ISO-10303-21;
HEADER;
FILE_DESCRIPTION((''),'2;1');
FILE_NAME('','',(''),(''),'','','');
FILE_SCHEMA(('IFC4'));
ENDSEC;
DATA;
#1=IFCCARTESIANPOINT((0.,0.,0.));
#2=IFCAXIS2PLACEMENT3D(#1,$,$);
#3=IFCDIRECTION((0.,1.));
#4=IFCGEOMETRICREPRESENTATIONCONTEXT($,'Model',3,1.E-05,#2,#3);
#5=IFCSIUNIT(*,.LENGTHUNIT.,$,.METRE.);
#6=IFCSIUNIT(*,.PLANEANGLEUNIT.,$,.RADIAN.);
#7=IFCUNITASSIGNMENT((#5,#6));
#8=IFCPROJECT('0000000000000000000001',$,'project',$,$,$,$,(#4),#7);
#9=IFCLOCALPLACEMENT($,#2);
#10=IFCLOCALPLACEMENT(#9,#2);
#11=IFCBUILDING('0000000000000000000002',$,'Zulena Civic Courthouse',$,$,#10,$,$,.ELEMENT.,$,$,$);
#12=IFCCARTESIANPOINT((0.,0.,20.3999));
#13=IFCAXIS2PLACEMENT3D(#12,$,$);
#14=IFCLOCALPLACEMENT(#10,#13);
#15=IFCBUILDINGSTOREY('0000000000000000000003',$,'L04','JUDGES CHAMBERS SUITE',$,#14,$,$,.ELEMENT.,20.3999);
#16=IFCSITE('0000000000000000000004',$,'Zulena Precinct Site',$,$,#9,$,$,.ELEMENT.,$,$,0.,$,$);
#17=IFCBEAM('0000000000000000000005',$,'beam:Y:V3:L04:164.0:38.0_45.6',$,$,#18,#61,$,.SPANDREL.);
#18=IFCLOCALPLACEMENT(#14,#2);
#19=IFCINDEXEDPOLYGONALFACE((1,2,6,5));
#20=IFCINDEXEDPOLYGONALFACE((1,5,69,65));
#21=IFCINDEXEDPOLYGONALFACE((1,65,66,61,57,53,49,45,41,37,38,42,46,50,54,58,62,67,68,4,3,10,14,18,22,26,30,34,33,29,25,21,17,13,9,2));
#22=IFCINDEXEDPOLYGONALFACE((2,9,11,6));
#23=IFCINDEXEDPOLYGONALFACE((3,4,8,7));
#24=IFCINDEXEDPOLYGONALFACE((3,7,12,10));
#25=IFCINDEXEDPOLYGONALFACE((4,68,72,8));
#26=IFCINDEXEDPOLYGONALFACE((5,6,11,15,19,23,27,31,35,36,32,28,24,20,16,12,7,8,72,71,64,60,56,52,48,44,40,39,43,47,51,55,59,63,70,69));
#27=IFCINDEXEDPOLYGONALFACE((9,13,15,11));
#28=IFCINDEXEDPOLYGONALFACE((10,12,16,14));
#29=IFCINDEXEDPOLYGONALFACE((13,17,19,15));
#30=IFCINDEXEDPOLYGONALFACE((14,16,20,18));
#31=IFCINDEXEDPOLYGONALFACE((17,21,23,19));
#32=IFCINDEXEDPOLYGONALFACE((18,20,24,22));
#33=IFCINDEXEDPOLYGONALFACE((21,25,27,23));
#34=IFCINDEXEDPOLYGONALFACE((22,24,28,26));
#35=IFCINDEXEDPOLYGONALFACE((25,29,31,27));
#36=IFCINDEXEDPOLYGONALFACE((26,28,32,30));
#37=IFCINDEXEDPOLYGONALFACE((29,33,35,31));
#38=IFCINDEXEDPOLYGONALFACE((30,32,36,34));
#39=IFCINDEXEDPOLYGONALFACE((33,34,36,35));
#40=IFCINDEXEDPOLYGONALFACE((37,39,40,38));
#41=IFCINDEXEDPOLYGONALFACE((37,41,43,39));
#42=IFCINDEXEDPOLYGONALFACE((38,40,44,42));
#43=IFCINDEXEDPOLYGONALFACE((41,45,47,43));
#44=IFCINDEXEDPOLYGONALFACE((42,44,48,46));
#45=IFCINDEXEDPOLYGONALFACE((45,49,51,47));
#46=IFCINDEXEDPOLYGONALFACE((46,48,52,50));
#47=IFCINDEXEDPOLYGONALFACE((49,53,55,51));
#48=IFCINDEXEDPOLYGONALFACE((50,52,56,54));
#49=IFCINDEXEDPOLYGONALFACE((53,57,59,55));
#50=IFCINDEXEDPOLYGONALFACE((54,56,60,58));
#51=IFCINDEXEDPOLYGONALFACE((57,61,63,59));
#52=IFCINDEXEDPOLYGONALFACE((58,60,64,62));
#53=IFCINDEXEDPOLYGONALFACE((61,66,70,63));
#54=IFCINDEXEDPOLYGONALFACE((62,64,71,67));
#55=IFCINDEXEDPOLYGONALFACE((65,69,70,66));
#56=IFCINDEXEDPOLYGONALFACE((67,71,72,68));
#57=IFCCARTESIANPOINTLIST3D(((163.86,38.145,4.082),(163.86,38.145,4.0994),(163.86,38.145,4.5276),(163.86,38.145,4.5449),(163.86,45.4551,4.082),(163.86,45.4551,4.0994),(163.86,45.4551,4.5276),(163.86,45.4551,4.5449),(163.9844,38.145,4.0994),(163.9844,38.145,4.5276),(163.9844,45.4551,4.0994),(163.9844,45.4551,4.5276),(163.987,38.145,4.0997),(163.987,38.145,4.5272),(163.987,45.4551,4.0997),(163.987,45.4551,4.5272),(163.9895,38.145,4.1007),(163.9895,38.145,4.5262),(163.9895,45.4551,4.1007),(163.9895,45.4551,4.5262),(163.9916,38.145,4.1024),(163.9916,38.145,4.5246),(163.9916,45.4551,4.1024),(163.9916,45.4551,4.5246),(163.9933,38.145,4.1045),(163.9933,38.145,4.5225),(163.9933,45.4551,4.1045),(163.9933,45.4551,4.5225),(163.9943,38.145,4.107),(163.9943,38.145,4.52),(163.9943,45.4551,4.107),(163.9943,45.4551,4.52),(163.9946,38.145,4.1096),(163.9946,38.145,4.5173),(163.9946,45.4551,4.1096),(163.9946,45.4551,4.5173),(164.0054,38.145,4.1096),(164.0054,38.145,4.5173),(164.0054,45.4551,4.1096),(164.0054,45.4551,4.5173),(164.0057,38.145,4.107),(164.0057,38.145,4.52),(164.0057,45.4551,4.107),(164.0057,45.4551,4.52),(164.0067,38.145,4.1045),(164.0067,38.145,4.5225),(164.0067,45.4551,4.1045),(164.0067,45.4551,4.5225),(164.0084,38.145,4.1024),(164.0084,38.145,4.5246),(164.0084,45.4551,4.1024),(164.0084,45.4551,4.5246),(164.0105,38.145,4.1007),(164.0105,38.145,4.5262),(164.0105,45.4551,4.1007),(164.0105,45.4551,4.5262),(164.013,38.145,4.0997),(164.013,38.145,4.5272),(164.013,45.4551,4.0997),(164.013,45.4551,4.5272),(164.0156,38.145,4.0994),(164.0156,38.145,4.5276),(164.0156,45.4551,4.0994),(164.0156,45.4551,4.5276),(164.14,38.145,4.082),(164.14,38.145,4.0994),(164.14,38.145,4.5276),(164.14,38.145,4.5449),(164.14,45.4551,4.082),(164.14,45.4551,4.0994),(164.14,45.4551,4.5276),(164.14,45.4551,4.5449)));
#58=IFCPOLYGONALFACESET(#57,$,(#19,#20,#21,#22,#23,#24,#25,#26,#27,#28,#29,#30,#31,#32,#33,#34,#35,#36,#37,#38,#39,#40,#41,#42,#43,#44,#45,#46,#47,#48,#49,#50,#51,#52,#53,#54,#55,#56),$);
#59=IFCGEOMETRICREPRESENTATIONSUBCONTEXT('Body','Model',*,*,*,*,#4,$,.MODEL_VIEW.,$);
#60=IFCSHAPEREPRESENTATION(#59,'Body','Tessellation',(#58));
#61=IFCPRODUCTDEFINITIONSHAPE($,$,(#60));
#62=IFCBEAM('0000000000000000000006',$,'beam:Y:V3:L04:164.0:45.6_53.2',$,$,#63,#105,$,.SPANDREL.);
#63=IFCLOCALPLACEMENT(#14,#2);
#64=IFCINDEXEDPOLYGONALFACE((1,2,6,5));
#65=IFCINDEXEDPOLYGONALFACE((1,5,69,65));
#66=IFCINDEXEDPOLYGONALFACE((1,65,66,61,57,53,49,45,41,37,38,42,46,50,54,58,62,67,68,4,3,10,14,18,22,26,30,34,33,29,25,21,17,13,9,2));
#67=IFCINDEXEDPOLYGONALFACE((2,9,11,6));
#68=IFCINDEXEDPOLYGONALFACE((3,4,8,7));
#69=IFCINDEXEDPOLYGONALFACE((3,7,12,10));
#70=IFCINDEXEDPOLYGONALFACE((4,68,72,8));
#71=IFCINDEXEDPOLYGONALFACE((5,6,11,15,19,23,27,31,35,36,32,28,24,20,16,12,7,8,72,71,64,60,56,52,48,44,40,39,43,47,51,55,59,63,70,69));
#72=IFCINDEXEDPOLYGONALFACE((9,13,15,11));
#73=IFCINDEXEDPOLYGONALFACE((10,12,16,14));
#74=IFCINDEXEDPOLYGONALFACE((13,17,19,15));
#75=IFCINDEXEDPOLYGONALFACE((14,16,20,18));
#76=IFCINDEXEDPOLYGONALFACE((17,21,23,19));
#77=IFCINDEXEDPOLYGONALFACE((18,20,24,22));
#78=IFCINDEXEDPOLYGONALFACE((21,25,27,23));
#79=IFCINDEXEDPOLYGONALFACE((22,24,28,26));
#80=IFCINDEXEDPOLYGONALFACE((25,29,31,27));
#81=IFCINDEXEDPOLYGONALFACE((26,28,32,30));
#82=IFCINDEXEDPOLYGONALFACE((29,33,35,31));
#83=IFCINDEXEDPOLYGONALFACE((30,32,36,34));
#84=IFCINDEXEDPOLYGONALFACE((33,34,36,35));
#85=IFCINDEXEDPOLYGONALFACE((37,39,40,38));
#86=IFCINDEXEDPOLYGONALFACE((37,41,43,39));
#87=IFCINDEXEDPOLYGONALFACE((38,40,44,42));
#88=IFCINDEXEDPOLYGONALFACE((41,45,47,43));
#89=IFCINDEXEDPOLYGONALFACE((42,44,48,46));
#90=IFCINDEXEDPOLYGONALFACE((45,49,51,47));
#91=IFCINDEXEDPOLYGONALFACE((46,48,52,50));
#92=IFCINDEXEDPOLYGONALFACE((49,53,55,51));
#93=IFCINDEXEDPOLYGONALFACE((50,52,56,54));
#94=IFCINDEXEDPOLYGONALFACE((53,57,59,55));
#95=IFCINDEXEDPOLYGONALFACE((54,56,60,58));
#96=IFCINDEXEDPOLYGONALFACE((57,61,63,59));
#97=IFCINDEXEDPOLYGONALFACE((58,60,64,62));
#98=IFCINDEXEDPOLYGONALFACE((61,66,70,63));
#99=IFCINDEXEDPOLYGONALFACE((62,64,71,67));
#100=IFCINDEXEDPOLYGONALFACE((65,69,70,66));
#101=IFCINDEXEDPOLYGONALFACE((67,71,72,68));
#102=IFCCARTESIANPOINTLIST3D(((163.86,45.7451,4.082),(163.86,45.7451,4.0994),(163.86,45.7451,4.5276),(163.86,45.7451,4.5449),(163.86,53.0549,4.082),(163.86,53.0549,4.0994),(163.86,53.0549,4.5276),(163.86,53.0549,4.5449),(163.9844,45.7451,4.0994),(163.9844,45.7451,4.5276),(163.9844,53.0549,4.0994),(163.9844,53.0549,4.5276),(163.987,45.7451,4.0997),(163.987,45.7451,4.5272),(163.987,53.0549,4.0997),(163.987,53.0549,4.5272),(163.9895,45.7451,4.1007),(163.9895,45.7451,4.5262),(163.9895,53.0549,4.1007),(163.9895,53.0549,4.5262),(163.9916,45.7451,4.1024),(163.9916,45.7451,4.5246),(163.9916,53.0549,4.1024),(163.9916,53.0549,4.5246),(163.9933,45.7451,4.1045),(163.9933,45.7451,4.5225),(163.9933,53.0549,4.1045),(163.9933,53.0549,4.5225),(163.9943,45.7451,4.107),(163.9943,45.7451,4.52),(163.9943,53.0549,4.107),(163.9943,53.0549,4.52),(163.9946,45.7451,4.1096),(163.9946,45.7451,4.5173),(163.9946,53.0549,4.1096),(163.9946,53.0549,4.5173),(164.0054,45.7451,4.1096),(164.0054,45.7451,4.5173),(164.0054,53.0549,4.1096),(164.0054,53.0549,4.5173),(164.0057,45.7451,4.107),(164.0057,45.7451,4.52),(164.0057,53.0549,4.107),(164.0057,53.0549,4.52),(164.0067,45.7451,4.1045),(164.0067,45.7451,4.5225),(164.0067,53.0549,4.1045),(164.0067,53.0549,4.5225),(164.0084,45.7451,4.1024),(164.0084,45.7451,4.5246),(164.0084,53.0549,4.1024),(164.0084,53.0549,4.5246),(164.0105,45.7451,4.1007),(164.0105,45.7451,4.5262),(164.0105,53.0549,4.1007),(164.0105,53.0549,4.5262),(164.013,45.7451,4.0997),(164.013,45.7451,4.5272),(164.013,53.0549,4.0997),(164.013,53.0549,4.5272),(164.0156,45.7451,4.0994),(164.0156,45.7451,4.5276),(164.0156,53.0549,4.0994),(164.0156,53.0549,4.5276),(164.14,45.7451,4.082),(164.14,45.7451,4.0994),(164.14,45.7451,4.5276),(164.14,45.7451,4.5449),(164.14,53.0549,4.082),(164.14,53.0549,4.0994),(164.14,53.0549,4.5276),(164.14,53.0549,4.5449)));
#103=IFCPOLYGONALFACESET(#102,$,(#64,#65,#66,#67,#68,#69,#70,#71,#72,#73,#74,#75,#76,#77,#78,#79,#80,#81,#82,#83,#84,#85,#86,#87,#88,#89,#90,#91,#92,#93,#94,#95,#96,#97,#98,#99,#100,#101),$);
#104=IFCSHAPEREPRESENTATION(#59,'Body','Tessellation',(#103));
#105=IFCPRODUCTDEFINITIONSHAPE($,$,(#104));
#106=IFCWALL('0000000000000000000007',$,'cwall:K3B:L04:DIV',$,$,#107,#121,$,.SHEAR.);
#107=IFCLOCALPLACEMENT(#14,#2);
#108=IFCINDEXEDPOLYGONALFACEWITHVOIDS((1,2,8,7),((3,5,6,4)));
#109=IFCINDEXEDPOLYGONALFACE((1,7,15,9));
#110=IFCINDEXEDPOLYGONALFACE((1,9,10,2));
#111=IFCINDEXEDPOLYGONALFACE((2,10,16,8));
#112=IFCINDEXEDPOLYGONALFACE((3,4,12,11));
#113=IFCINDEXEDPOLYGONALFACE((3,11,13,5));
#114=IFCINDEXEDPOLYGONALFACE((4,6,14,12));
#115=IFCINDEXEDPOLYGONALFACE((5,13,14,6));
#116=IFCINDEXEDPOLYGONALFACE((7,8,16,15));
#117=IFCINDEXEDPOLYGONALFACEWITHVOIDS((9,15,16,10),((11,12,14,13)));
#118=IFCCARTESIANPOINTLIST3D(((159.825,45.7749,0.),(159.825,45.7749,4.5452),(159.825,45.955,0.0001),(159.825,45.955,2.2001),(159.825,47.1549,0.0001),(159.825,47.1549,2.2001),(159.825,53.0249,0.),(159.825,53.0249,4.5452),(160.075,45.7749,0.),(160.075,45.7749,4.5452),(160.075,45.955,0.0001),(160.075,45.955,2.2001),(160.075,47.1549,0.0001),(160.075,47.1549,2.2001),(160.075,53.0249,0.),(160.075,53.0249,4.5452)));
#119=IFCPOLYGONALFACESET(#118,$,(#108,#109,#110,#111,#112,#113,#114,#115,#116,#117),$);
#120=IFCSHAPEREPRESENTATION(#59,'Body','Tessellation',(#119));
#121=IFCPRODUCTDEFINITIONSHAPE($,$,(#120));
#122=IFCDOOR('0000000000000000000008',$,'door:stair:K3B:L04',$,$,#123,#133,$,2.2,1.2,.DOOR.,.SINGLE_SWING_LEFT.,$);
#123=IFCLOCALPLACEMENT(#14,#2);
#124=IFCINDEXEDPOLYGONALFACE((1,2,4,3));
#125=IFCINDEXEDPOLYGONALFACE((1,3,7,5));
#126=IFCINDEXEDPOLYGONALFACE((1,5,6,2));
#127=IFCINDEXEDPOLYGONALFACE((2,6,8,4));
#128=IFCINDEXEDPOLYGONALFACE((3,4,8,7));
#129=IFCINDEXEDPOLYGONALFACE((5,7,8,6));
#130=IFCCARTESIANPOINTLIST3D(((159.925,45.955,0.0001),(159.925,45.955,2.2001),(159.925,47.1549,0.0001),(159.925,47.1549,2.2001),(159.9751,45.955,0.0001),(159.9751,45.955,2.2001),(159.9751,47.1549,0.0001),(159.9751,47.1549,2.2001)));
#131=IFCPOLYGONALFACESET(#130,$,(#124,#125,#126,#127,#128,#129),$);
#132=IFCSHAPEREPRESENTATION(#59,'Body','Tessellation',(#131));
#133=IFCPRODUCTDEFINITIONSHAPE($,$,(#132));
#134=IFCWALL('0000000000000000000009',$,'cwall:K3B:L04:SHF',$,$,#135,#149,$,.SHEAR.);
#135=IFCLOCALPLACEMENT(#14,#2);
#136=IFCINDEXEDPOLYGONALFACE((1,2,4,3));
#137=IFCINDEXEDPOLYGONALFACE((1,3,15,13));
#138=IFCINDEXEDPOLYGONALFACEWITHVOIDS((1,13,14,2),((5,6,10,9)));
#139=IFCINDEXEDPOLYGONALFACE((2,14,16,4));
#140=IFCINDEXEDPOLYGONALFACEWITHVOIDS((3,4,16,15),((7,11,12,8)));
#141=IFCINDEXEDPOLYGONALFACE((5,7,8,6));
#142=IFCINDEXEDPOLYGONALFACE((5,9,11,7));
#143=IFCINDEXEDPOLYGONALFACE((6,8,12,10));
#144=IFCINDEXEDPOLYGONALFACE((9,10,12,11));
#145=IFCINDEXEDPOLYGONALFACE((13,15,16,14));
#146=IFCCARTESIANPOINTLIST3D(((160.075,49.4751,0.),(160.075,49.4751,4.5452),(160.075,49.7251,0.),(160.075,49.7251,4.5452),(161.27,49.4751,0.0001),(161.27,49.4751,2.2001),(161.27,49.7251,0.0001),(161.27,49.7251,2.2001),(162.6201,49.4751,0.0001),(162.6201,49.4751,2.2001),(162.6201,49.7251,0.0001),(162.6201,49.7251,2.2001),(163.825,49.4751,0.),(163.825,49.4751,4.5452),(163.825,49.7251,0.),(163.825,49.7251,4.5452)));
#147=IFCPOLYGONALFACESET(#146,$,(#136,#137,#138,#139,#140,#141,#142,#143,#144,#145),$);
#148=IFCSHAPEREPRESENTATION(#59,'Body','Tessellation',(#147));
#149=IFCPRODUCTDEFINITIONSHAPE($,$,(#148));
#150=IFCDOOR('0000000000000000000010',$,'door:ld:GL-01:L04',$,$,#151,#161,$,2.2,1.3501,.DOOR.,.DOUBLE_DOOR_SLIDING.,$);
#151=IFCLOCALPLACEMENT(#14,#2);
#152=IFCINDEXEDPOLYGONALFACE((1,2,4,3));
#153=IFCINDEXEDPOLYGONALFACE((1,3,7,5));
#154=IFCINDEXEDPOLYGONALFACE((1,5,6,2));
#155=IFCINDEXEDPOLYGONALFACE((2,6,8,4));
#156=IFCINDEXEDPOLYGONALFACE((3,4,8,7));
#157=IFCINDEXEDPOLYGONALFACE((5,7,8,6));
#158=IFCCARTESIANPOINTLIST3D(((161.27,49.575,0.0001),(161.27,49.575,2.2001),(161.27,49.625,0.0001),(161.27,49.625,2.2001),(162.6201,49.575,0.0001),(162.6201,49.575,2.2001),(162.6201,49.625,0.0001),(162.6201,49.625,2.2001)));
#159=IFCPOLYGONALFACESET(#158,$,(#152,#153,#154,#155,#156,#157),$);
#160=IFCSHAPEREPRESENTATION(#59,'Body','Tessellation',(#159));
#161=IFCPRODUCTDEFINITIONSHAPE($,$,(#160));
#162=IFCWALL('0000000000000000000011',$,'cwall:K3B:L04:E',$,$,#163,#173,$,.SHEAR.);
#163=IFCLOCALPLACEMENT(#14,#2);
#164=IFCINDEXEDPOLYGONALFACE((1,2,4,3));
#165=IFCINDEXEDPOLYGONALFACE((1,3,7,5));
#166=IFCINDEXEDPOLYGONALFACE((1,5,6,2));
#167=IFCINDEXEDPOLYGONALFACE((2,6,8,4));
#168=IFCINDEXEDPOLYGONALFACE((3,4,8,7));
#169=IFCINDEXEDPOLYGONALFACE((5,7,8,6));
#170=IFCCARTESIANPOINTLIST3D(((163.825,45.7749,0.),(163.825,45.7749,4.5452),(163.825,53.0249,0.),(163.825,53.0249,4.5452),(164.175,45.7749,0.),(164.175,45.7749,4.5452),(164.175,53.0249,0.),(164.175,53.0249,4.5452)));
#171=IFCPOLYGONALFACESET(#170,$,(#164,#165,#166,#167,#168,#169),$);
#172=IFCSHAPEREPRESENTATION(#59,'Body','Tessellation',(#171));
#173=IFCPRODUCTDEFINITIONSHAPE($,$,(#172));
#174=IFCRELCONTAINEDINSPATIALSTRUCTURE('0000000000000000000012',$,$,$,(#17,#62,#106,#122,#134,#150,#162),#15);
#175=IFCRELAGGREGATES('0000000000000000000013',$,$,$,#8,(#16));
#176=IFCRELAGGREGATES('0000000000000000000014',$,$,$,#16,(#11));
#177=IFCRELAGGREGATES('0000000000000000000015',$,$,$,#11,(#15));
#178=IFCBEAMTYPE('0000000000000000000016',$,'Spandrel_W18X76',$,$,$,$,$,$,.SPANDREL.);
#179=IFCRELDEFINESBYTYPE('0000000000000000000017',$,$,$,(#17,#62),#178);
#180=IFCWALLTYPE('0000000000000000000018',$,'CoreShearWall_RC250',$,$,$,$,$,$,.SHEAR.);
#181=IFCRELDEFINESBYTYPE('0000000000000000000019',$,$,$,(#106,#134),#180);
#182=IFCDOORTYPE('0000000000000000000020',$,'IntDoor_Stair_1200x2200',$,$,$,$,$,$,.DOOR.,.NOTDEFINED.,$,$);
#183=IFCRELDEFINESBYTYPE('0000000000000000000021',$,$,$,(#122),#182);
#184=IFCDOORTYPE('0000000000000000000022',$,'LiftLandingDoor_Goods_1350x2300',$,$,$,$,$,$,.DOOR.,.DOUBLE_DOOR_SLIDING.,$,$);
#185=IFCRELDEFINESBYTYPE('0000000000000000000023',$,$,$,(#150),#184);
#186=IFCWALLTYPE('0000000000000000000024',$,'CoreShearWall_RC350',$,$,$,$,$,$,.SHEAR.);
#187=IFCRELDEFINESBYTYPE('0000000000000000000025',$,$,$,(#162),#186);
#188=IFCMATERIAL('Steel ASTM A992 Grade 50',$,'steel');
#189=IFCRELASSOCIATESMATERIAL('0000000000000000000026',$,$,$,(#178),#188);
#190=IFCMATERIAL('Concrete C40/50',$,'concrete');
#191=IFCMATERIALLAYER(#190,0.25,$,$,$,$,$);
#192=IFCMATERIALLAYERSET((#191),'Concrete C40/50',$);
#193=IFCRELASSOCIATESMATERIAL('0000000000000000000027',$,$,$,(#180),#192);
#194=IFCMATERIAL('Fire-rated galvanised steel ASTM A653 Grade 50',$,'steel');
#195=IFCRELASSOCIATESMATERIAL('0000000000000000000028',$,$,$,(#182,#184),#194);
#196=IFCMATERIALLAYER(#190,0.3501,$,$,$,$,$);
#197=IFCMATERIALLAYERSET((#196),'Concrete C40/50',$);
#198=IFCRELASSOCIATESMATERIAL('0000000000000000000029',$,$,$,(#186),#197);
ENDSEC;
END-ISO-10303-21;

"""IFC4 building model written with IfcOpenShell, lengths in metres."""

from ifc_helpers import new_model, si_unit, direction, frame, frame_2d, origin, origin_2d, place, context, subcontext, project, spatial, rectangle, i_section, extrude, material, layer, layer_set, material_profile, profile_set, type_object, element, fill, save


model = new_model("IFC4")

# Units and contexts
model_context = context("Model", 3, precision=1e-05, world=origin(), true_north=direction((0.0, 1.0)))
body_context = subcontext(model_context, "Body", "Model", "MODEL_VIEW")
ifc_project = project(units=[si_unit("LENGTHUNIT", "METRE"), si_unit("PLANEANGLEUNIT", "RADIAN")], contexts=[model_context])

# Site, building, storey
site_placement = place(None, origin())
site = spatial("IfcSite", under=ifc_project, at=site_placement, Name="Zulena Precinct Site", CompositionType="ELEMENT", RefElevation=0.0)
building_placement = place(site_placement, origin())
building = spatial("IfcBuilding", under=site, at=building_placement, Name="Zulena Civic Courthouse", CompositionType="ELEMENT")
storey_placement = place(building_placement, frame((0.0, 0.0, 20.3999)))
storey = spatial("IfcBuildingStorey", under=building, at=storey_placement, Name="L04", Description="JUDGES CHAMBERS SUITE", CompositionType="ELEMENT", Elevation=20.3999)

# Shared definitions
ifc_material_1 = material(Name="Steel ASTM A992 Grade 50", Category="steel")

# Beams
ifc_material_profile_1 = material_profile(ifc_material_1, i_section(OverallWidth=0.28, OverallDepth=0.4629, WebThickness=0.0107, FlangeThickness=0.0173, FilletRadius=0.0103, at=origin_2d()), Name="W18X76")
ifc_profile_set_1 = profile_set([ifc_material_profile_1], Name="Steel ASTM A992 Grade 50")
beam_type_1 = type_object("IfcBeamType", Name="Spandrel_W18X76", PredefinedType="SPANDREL", material=ifc_profile_set_1)
beam_1_placement = place(storey_placement, frame((164.0, 38.145, 4.3135), z_axis=(0.0, 1.0, 0.0), x_axis=(-1.0, 0.0, 0.0)))
element("IfcBeam", 1, at=beam_1_placement, inside=storey, type_object=beam_type_1, Name="beam:Y:V3:L04:164.0:38.0_45.6", PredefinedType="SPANDREL", context=body_context, shape_type="SweptSolid", body=[
    extrude(i_section(OverallWidth=0.28, OverallDepth=0.4629, WebThickness=0.0107, FlangeThickness=0.0173, FilletRadius=0.0103, at=origin_2d()), origin(), (0.0, 0.0, 1.0), 7.3101),
])
beam_2_placement = place(storey_placement, frame((164.0, 45.7451, 4.3135), z_axis=(0.0, 1.0, 0.0), x_axis=(-1.0, 0.0, 0.0)))
element("IfcBeam", 2, at=beam_2_placement, inside=storey, type_object=beam_type_1, Name="beam:Y:V3:L04:164.0:45.6_53.2", PredefinedType="SPANDREL", context=body_context, shape_type="SweptSolid", body=[
    extrude(i_section(OverallWidth=0.28, OverallDepth=0.4629, WebThickness=0.0107, FlangeThickness=0.0173, FilletRadius=0.0103, at=origin_2d()), origin(), (0.0, 0.0, 1.0), 7.3098),
])

# Walls, openings, doors
ifc_material_2 = material(Name="Concrete C40/50", Category="concrete")
ifc_layer_1 = layer(ifc_material_2, 0.25)
ifc_layer_set_1 = layer_set([ifc_layer_1], Name="Concrete C40/50")
wall_type_1 = type_object("IfcWallType", Name="CoreShearWall_RC250", PredefinedType="SHEAR", material=ifc_layer_set_1)
wall_1_placement = place(storey_placement, frame((159.95, 45.7749, 0.0), z_axis=(0.0, 0.0, 1.0), x_axis=(0.0, 1.0, 0.0)))
wall_1 = element("IfcWall", 3, at=wall_1_placement, inside=storey, type_object=wall_type_1, Name="cwall:K3B:L04:DIV", PredefinedType="SHEAR", context=body_context, shape_type="SweptSolid", body=[
    extrude(rectangle(XDim=7.25, YDim=0.25, at=frame_2d((3.625, 0.0))), origin(), (0.0, 0.0, 1.0), 4.5452),
])
opening_1_placement = place(wall_1_placement, frame((0.1799, 0.0, 0.0)))
opening_1 = element("IfcOpeningElement", 4, at=opening_1_placement, cuts=wall_1, PredefinedType="OPENING", context=body_context, shape_type="SweptSolid", body=[
    extrude(rectangle(XDim=1.2, YDim=2.2, at=frame_2d((0.6001, 1.1001))), frame((0.0, 0.135, 0.0), z_axis=(0.0, -1.0, 0.0), x_axis=(1.0, 0.0, 0.0)), (0.0, 0.0, 1.0), 0.27),
])
ifc_material_3 = material(Name="Fire-rated galvanised steel ASTM A653 Grade 50", Category="steel")
door_type_1 = type_object("IfcDoorType", Name="IntDoor_Stair_1200x2200", OperationType="NOTDEFINED", PredefinedType="DOOR", material=ifc_material_3)
door_1_placement = place(opening_1_placement, origin())
door_1 = element("IfcDoor", 5, at=door_1_placement, inside=storey, type_object=door_type_1, Name="door:stair:K3B:L04", OperationType="SINGLE_SWING_LEFT", OverallHeight=2.2, OverallWidth=1.2, PredefinedType="DOOR", context=body_context, shape_type="SweptSolid", body=[
    extrude(rectangle(XDim=1.2, YDim=2.2, at=frame_2d((0.6001, 1.1001))), frame((0.0, 0.0249, 0.0), z_axis=(0.0, -1.0, 0.0), x_axis=(1.0, 0.0, 0.0)), (0.0, 0.0, 1.0), 0.05),
])
fill(opening_1, door_1)
wall_2_placement = place(storey_placement, frame((160.075, 49.6001, 0.0), z_axis=(0.0, 0.0, 1.0), x_axis=(1.0, 0.0, 0.0)))
wall_2 = element("IfcWall", 6, at=wall_2_placement, inside=storey, type_object=wall_type_1, Name="cwall:K3B:L04:SHF", PredefinedType="SHEAR", context=body_context, shape_type="SweptSolid", body=[
    extrude(rectangle(XDim=3.75, YDim=0.25, at=frame_2d((1.875, 0.0))), origin(), (0.0, 0.0, 1.0), 4.5452),
])
opening_2_placement = place(wall_2_placement, frame((1.1951, 0.0, 0.0)))
opening_2 = element("IfcOpeningElement", 7, at=opening_2_placement, cuts=wall_2, PredefinedType="OPENING", context=body_context, shape_type="SweptSolid", body=[
    extrude(rectangle(XDim=1.3501, YDim=2.2, at=frame_2d((0.675, 1.1001))), frame((0.0, 0.135, 0.0), z_axis=(0.0, -1.0, 0.0), x_axis=(1.0, 0.0, 0.0)), (0.0, 0.0, 1.0), 0.27),
])
door_type_2 = type_object("IfcDoorType", Name="LiftLandingDoor_Goods_1350x2300", OperationType="DOUBLE_DOOR_SLIDING", PredefinedType="DOOR", material=ifc_material_3)
door_2_placement = place(opening_2_placement, origin())
door_2 = element("IfcDoor", 8, at=door_2_placement, inside=storey, type_object=door_type_2, Name="door:ld:GL-01:L04", OperationType="DOUBLE_DOOR_SLIDING", OverallHeight=2.2, OverallWidth=1.3501, PredefinedType="DOOR", context=body_context, shape_type="SweptSolid", body=[
    extrude(rectangle(XDim=1.3501, YDim=2.2, at=frame_2d((0.675, 1.1001))), frame((0.0, 0.0249, 0.0), z_axis=(0.0, -1.0, 0.0), x_axis=(1.0, 0.0, 0.0)), (0.0, 0.0, 1.0), 0.05),
])
fill(opening_2, door_2)

# Wall
ifc_layer_2 = layer(ifc_material_2, 0.3501)
ifc_layer_set_2 = layer_set([ifc_layer_2], Name="Concrete C40/50")
wall_type_2 = type_object("IfcWallType", Name="CoreShearWall_RC350", PredefinedType="SHEAR", material=ifc_layer_set_2)
wall_3_placement = place(storey_placement, frame((164.0, 45.7749, 0.0), z_axis=(0.0, 0.0, 1.0), x_axis=(0.0, 1.0, 0.0)))
element("IfcWall", 9, at=wall_3_placement, inside=storey, type_object=wall_type_2, Name="cwall:K3B:L04:E", PredefinedType="SHEAR", context=body_context, shape_type="SweptSolid", body=[
    extrude(rectangle(XDim=7.25, YDim=0.3501, at=frame_2d((3.625, 0.0))), origin(), (0.0, 0.0, 1.0), 4.5452),
])

save(model, "model.ifc")
